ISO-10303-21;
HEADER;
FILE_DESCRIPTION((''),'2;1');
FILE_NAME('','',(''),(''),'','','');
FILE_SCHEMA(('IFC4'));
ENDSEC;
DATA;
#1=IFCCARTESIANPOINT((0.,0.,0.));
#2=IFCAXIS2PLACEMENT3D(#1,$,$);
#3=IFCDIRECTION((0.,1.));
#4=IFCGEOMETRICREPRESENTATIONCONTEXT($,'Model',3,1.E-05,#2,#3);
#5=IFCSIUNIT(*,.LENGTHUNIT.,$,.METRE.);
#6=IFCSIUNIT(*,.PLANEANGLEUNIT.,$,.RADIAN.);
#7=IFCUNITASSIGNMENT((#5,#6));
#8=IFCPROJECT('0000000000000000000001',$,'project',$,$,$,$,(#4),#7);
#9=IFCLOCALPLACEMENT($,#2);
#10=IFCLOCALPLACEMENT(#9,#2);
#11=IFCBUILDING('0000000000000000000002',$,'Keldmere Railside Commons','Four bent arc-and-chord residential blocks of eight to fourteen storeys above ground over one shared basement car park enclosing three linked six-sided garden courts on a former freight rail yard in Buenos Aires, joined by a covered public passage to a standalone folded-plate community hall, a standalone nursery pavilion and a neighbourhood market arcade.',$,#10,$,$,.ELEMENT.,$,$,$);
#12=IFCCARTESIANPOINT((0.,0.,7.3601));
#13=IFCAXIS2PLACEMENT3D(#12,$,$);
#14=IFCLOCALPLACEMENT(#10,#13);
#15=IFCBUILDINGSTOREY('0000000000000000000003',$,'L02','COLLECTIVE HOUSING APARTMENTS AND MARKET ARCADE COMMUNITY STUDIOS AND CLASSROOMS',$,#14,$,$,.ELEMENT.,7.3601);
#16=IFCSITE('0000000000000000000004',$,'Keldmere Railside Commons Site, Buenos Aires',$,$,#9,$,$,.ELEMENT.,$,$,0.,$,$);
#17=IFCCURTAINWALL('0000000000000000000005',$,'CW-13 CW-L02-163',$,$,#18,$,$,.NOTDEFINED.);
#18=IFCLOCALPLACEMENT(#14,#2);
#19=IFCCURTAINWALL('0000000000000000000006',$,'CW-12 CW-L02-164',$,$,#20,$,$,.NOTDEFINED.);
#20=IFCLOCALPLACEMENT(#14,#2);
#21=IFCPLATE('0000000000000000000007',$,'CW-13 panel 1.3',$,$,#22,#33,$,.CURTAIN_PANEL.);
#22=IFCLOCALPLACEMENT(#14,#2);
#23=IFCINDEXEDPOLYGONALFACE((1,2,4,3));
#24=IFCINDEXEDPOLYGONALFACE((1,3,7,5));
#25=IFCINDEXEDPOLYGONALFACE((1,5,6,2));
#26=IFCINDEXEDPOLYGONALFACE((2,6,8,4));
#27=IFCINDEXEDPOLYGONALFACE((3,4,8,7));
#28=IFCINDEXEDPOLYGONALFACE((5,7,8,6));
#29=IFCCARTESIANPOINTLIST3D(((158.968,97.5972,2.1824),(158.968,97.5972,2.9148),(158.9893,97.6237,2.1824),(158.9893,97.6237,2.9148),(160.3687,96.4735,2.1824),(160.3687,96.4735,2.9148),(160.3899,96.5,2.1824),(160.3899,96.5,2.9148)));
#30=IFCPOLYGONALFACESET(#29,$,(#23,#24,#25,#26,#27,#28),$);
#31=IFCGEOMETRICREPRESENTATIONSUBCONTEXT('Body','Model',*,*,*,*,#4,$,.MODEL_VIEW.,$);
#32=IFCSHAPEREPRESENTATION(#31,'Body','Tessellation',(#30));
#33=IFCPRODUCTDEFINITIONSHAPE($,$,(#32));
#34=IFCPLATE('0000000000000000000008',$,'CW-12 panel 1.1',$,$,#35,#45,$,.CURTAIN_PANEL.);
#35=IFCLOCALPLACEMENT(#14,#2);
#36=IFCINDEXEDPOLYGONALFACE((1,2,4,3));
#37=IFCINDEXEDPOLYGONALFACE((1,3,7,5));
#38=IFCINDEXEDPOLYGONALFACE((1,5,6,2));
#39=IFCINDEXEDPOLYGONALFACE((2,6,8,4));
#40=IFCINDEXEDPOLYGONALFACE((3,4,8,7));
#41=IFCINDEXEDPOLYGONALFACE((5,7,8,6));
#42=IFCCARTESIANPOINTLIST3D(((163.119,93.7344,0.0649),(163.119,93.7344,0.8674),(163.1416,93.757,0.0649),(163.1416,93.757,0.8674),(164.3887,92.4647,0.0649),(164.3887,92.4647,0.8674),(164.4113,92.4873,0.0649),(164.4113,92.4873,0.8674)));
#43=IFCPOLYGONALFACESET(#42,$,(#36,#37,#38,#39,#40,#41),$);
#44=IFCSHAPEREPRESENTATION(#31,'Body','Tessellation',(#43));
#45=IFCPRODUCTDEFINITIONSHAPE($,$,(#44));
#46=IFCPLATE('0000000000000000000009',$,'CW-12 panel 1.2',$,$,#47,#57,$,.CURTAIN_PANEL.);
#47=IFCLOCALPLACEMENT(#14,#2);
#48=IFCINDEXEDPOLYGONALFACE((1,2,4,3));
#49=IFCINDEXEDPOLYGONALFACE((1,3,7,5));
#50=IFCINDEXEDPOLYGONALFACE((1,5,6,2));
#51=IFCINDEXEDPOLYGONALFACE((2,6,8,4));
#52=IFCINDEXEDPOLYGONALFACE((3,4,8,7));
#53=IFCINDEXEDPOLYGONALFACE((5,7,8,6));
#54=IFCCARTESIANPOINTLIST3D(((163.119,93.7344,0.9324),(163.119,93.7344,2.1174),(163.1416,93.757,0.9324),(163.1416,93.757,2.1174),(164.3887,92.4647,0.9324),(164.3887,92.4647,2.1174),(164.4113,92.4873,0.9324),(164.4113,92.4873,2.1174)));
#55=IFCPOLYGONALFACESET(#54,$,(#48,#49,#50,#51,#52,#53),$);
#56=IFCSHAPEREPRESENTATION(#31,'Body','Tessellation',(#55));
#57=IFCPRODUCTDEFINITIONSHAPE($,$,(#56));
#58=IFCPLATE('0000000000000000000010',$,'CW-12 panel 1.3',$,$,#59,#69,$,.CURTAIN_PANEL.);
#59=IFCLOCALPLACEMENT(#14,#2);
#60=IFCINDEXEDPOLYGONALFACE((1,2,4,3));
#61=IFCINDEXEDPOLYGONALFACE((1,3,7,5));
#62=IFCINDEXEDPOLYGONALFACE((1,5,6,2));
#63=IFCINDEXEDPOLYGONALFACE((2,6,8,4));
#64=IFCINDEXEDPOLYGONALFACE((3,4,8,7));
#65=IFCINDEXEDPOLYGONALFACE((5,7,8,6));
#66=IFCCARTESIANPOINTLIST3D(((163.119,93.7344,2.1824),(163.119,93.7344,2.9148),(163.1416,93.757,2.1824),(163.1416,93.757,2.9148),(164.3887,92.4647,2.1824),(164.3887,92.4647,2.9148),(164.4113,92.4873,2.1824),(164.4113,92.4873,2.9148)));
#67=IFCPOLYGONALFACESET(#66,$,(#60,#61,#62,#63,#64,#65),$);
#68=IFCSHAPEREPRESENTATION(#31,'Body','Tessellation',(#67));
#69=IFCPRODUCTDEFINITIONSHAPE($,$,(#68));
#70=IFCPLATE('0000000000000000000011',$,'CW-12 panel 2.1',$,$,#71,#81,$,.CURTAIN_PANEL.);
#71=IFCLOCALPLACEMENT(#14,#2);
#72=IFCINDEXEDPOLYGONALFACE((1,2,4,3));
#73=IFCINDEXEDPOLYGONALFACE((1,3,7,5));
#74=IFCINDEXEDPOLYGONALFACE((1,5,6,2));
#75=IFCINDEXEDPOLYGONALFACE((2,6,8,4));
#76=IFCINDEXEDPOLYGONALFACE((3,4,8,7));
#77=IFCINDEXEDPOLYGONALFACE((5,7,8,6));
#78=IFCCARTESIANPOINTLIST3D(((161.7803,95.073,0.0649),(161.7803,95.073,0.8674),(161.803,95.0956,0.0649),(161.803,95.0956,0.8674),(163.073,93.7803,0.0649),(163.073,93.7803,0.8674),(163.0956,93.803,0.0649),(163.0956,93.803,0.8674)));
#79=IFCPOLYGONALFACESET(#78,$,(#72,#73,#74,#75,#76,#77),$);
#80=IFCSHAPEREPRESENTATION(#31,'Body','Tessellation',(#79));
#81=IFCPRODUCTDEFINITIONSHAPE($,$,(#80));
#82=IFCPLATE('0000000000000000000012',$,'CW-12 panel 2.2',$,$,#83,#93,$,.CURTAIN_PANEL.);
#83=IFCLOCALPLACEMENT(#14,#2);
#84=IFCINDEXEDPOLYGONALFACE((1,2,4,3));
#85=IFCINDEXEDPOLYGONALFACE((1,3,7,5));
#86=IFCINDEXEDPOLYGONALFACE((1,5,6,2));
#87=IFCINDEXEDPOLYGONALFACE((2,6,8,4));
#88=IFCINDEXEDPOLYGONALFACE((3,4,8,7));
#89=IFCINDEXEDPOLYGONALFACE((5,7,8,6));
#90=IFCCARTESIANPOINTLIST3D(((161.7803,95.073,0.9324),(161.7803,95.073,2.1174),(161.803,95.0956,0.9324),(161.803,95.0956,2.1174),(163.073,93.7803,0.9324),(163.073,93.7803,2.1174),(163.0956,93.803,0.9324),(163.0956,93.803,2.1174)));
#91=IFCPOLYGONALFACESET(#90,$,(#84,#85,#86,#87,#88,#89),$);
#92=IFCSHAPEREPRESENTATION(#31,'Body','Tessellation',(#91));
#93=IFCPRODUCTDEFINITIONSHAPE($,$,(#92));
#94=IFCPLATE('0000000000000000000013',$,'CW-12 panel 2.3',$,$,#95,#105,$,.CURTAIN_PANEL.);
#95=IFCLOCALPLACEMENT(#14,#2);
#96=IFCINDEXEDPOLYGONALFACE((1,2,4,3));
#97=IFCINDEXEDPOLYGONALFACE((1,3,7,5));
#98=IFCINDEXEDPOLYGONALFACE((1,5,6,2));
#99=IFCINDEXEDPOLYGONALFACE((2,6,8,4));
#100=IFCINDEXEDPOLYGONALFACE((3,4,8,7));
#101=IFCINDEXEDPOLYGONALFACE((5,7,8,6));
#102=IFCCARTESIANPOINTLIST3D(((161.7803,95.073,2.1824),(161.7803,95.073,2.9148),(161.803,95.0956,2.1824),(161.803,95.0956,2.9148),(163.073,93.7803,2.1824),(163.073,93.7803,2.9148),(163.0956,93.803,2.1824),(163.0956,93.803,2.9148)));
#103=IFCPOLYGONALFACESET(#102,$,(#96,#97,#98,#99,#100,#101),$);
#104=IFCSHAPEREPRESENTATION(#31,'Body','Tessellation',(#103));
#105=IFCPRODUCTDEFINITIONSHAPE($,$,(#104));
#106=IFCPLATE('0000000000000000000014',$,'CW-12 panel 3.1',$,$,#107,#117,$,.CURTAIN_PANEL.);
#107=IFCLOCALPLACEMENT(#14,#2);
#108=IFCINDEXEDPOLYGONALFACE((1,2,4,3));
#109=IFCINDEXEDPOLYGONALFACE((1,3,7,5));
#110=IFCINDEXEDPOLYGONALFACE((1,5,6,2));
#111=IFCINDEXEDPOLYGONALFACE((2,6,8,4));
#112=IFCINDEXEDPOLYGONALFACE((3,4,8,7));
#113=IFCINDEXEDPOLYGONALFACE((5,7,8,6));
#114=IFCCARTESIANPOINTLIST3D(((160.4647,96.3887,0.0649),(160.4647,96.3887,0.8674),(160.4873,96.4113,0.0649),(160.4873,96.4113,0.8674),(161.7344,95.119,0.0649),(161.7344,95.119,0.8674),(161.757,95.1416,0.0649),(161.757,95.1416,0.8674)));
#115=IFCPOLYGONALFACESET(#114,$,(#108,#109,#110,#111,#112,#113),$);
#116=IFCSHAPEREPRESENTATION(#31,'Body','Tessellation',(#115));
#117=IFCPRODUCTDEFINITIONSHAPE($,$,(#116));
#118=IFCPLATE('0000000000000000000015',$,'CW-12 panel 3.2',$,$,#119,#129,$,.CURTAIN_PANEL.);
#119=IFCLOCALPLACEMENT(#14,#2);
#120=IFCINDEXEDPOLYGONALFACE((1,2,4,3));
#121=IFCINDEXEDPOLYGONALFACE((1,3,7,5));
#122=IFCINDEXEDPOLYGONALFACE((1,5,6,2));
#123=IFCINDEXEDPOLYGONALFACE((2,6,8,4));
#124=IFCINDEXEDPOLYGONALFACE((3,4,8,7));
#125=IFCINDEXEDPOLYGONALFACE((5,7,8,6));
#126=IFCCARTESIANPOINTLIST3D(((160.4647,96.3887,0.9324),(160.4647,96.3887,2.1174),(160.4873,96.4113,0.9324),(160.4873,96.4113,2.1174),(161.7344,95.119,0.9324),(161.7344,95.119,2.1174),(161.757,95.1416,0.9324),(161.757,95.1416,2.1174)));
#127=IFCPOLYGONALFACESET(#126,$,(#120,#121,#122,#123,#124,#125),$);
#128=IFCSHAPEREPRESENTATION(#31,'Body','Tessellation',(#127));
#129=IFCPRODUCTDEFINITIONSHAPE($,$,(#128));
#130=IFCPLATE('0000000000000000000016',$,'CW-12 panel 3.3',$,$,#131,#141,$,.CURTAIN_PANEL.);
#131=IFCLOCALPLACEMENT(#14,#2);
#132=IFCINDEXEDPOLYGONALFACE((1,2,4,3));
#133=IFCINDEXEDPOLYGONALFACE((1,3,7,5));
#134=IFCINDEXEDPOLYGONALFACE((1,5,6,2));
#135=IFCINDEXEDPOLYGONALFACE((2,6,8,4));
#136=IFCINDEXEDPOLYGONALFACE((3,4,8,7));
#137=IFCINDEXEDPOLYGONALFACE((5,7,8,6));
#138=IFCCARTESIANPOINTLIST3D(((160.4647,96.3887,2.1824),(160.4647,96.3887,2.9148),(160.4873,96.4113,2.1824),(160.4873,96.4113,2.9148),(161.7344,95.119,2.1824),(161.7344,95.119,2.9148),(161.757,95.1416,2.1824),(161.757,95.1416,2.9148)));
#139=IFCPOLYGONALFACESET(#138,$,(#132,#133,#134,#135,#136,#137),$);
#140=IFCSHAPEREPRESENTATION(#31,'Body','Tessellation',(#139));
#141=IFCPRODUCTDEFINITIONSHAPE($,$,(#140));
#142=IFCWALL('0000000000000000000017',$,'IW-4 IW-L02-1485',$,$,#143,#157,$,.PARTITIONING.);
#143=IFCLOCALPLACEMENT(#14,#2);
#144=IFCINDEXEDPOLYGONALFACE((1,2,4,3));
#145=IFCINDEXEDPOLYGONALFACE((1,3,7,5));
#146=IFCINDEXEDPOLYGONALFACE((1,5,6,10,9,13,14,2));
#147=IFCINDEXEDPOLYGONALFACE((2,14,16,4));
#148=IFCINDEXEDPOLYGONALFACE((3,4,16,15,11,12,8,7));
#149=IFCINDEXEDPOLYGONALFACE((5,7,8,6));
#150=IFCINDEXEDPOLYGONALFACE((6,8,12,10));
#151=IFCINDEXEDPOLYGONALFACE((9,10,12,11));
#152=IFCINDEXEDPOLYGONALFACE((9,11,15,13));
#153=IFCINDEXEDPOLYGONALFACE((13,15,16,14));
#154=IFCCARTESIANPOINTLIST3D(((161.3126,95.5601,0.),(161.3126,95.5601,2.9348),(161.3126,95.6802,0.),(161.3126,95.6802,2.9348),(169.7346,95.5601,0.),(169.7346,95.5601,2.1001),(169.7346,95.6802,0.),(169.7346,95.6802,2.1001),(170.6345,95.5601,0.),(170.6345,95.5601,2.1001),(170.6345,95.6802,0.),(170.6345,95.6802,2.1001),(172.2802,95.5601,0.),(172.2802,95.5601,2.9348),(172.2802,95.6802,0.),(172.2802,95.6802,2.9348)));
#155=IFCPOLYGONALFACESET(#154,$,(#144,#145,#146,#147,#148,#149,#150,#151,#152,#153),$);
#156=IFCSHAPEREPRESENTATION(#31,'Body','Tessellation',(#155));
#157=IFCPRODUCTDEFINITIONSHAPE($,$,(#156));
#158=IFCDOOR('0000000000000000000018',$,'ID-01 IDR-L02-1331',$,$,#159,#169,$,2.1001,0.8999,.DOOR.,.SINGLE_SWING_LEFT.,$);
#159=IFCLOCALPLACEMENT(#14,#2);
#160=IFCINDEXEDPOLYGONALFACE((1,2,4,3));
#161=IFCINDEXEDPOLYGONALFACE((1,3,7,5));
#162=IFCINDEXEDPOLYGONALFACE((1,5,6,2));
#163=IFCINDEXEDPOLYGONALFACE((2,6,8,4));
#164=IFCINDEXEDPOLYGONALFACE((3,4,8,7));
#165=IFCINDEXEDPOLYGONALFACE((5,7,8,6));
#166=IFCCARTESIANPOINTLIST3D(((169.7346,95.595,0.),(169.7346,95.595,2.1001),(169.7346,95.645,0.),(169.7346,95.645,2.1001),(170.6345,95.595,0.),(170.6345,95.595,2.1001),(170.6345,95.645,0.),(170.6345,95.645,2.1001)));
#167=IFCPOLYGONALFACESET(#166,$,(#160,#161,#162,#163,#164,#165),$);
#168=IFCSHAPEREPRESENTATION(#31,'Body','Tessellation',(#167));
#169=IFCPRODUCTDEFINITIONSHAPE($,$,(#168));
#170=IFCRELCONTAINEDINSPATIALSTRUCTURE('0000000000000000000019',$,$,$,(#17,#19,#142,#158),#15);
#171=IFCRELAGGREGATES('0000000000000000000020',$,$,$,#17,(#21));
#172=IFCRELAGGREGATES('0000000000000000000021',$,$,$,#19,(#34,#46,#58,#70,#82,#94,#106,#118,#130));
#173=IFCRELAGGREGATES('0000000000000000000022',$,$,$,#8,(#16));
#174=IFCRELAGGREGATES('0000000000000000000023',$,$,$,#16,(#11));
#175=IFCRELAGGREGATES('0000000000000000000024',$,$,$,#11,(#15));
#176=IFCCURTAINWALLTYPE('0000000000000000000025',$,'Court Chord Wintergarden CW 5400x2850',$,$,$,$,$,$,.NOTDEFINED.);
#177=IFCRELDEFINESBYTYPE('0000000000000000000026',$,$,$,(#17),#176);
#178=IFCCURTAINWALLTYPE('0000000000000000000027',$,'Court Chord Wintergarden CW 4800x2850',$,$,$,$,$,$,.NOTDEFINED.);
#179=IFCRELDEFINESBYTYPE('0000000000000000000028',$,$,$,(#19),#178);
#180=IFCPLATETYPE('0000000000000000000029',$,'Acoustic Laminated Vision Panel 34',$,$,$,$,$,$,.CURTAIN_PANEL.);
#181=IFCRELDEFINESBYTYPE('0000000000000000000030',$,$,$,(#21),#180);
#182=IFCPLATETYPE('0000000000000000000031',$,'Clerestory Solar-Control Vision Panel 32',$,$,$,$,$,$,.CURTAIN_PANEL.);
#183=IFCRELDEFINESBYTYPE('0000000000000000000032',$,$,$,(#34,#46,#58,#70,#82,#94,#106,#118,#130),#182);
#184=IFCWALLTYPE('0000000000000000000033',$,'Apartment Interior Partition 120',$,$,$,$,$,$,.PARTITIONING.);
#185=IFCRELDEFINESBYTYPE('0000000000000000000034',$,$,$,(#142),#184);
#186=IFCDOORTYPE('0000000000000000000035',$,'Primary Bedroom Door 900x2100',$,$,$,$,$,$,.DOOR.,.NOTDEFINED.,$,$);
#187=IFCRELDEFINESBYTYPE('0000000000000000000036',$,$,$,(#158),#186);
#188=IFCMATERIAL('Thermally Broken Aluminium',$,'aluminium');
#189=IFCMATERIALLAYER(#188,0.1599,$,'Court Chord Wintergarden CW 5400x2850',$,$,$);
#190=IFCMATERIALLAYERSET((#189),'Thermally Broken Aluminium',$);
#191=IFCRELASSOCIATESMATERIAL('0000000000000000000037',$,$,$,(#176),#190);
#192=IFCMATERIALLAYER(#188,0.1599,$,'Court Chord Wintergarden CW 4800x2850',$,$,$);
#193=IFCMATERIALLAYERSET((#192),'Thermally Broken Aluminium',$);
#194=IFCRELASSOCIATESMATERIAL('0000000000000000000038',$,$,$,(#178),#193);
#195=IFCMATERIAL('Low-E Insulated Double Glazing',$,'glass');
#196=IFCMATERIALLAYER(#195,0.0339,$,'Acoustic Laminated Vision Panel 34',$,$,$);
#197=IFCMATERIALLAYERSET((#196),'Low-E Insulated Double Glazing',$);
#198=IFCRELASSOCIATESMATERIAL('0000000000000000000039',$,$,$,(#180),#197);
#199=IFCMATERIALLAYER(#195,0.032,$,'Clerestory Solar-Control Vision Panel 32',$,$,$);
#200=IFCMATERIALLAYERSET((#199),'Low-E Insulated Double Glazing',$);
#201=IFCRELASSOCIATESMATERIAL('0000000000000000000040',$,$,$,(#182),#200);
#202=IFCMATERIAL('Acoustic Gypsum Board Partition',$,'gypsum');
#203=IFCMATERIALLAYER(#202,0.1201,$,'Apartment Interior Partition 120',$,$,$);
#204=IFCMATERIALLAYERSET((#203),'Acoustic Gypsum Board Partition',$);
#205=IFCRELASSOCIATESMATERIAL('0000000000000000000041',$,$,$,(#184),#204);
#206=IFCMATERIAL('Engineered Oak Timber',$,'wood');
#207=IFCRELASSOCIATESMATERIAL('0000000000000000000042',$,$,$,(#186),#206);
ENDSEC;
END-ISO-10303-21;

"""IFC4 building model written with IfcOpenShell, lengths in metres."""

from ifc_helpers import new_model, si_unit, direction, frame, frame_2d, origin, origin_2d, place, context, subcontext, project, spatial, rectangle, extrude, material, layer, layer_set, type_object, element, fill, aggregate, save


model = new_model("IFC4")

# Units and contexts
model_context = context("Model", 3, precision=1e-05, world=origin(), true_north=direction((0.0, 1.0)))
body_context = subcontext(model_context, "Body", "Model", "MODEL_VIEW")
ifc_project = project(units=[si_unit("LENGTHUNIT", "METRE"), si_unit("PLANEANGLEUNIT", "RADIAN")], contexts=[model_context])

# Site, building, storey
site_placement = place(None, origin())
site = spatial("IfcSite", under=ifc_project, at=site_placement, Name="Keldmere Railside Commons Site, Buenos Aires", CompositionType="ELEMENT", RefElevation=0.0)
building_placement = place(site_placement, origin())
building = spatial("IfcBuilding", under=site, at=building_placement, Name="Keldmere Railside Commons", Description="Four bent arc-and-chord residential blocks of eight to fourteen storeys above ground over one shared basement car park enclosing three linked six-sided garden courts on a former freight rail yard in Buenos Aires, joined by a covered public passage to a standalone folded-plate community hall, a standalone nursery pavilion and a neighbourhood market arcade.", CompositionType="ELEMENT")
storey_placement = place(building_placement, frame((0.0, 0.0, 7.3601)))
storey = spatial("IfcBuildingStorey", under=building, at=storey_placement, Name="L02", Description="COLLECTIVE HOUSING APARTMENTS AND MARKET ARCADE COMMUNITY STUDIOS AND CLASSROOMS", CompositionType="ELEMENT", Elevation=7.3601)

# Curtain wall
ifc_material_1 = material(Name="Thermally Broken Aluminium", Category="aluminium")
ifc_layer_1 = layer(ifc_material_1, 0.1599, Name="Court Chord Wintergarden CW 5400x2850")
ifc_layer_set_1 = layer_set([ifc_layer_1], Name="Thermally Broken Aluminium")
curtain_wall_type_1 = type_object("IfcCurtainWallType", Name="Court Chord Wintergarden CW 5400x2850", PredefinedType="NOTDEFINED", material=ifc_layer_set_1)
curtain_wall_1_placement = place(storey_placement, origin())
curtain_wall_1 = element("IfcCurtainWall", 1, at=curtain_wall_1_placement, inside=storey, type_object=curtain_wall_type_1, Name="CW-13 CW-L02-163", PredefinedType="NOTDEFINED")

# Curtain wall
ifc_layer_2 = layer(ifc_material_1, 0.1599, Name="Court Chord Wintergarden CW 4800x2850")
ifc_layer_set_2 = layer_set([ifc_layer_2], Name="Thermally Broken Aluminium")
curtain_wall_type_2 = type_object("IfcCurtainWallType", Name="Court Chord Wintergarden CW 4800x2850", PredefinedType="NOTDEFINED", material=ifc_layer_set_2)
curtain_wall_2_placement = place(storey_placement, origin())
curtain_wall_2 = element("IfcCurtainWall", 2, at=curtain_wall_2_placement, inside=storey, type_object=curtain_wall_type_2, Name="CW-12 CW-L02-164", PredefinedType="NOTDEFINED")

# Plates
ifc_material_2 = material(Name="Low-E Insulated Double Glazing", Category="glass")
ifc_layer_3 = layer(ifc_material_2, 0.0339, Name="Acoustic Laminated Vision Panel 34")
ifc_layer_set_3 = layer_set([ifc_layer_3], Name="Low-E Insulated Double Glazing")
plate_type_1 = type_object("IfcPlateType", Name="Acoustic Laminated Vision Panel 34", PredefinedType="CURTAIN_PANEL", material=ifc_layer_set_3)
plate_1_placement = place(storey_placement, frame((159.679, 97.0486, 2.1824), z_axis=(0.0, 0.0, 1.0), x_axis=(-0.780009, 0.625768, 0.0)))
plate_1 = element("IfcPlate", 3, at=plate_1_placement, type_object=plate_type_1, Name="CW-13 panel 1.3", PredefinedType="CURTAIN_PANEL", context=body_context, shape_type="SweptSolid", body=[
    extrude(rectangle(XDim=1.7957, YDim=0.0339, at=origin_2d()), origin(), (0.0, 0.0, 1.0), 0.7324),
])
aggregate(curtain_wall_1, [plate_1])
ifc_layer_4 = layer(ifc_material_2, 0.032, Name="Clerestory Solar-Control Vision Panel 32")
ifc_layer_set_4 = layer_set([ifc_layer_4], Name="Low-E Insulated Double Glazing")
plate_type_2 = type_object("IfcPlateType", Name="Clerestory Solar-Control Vision Panel 32", PredefinedType="CURTAIN_PANEL", material=ifc_layer_set_4)
plate_2_placement = place(storey_placement, frame((163.7651, 93.1108, 0.0649), z_axis=(0.0, 0.0, 1.0), x_axis=(-0.707107, 0.707107, 0.0)))
plate_2 = element("IfcPlate", 4, at=plate_2_placement, type_object=plate_type_2, Name="CW-12 panel 1.1", PredefinedType="CURTAIN_PANEL", context=body_context, shape_type="SweptSolid", body=[
    extrude(rectangle(XDim=1.7957, YDim=0.032, at=origin_2d()), origin(), (0.0, 0.0, 1.0), 0.8025),
])
plate_3_placement = place(storey_placement, frame((163.7651, 93.1108, 0.9324), z_axis=(0.0, 0.0, 1.0), x_axis=(-0.707107, 0.707107, 0.0)))
plate_3 = element("IfcPlate", 5, at=plate_3_placement, type_object=plate_type_2, Name="CW-12 panel 1.2", PredefinedType="CURTAIN_PANEL", context=body_context, shape_type="SweptSolid", body=[
    extrude(rectangle(XDim=1.7957, YDim=0.032, at=origin_2d()), origin(), (0.0, 0.0, 1.0), 1.1851),
])
plate_4_placement = place(storey_placement, frame((163.7651, 93.1108, 2.1824), z_axis=(0.0, 0.0, 1.0), x_axis=(-0.707107, 0.707107, 0.0)))
plate_4 = element("IfcPlate", 6, at=plate_4_placement, type_object=plate_type_2, Name="CW-12 panel 1.3", PredefinedType="CURTAIN_PANEL", context=body_context, shape_type="SweptSolid", body=[
    extrude(rectangle(XDim=1.7957, YDim=0.032, at=origin_2d()), origin(), (0.0, 0.0, 1.0), 0.7324),
])
plate_5_placement = place(storey_placement, frame((162.438, 94.438, 0.0649), z_axis=(0.0, 0.0, 1.0), x_axis=(-0.707107, 0.707107, 0.0)))
plate_5 = element("IfcPlate", 7, at=plate_5_placement, type_object=plate_type_2, Name="CW-12 panel 2.1", PredefinedType="CURTAIN_PANEL", context=body_context, shape_type="SweptSolid", body=[
    extrude(rectangle(XDim=1.8281, YDim=0.032, at=origin_2d()), origin(), (0.0, 0.0, 1.0), 0.8025),
])
plate_6_placement = place(storey_placement, frame((162.438, 94.438, 0.9324), z_axis=(0.0, 0.0, 1.0), x_axis=(-0.707107, 0.707107, 0.0)))
plate_6 = element("IfcPlate", 8, at=plate_6_placement, type_object=plate_type_2, Name="CW-12 panel 2.2", PredefinedType="CURTAIN_PANEL", context=body_context, shape_type="SweptSolid", body=[
    extrude(rectangle(XDim=1.8281, YDim=0.032, at=origin_2d()), origin(), (0.0, 0.0, 1.0), 1.1851),
])
plate_7_placement = place(storey_placement, frame((162.438, 94.438, 2.1824), z_axis=(0.0, 0.0, 1.0), x_axis=(-0.707107, 0.707107, 0.0)))
plate_7 = element("IfcPlate", 9, at=plate_7_placement, type_object=plate_type_2, Name="CW-12 panel 2.3", PredefinedType="CURTAIN_PANEL", context=body_context, shape_type="SweptSolid", body=[
    extrude(rectangle(XDim=1.8281, YDim=0.032, at=origin_2d()), origin(), (0.0, 0.0, 1.0), 0.7324),
])
plate_8_placement = place(storey_placement, frame((161.1108, 95.7651, 0.0649), z_axis=(0.0, 0.0, 1.0), x_axis=(-0.707107, 0.707107, 0.0)))
plate_8 = element("IfcPlate", 10, at=plate_8_placement, type_object=plate_type_2, Name="CW-12 panel 3.1", PredefinedType="CURTAIN_PANEL", context=body_context, shape_type="SweptSolid", body=[
    extrude(rectangle(XDim=1.7957, YDim=0.032, at=origin_2d()), origin(), (0.0, 0.0, 1.0), 0.8025),
])
plate_9_placement = place(storey_placement, frame((161.1108, 95.7651, 0.9324), z_axis=(0.0, 0.0, 1.0), x_axis=(-0.707107, 0.707107, 0.0)))
plate_9 = element("IfcPlate", 11, at=plate_9_placement, type_object=plate_type_2, Name="CW-12 panel 3.2", PredefinedType="CURTAIN_PANEL", context=body_context, shape_type="SweptSolid", body=[
    extrude(rectangle(XDim=1.7957, YDim=0.032, at=origin_2d()), origin(), (0.0, 0.0, 1.0), 1.1851),
])
plate_10_placement = place(storey_placement, frame((161.1108, 95.7651, 2.1824), z_axis=(0.0, 0.0, 1.0), x_axis=(-0.707107, 0.707107, 0.0)))
plate_10 = element("IfcPlate", 12, at=plate_10_placement, type_object=plate_type_2, Name="CW-12 panel 3.3", PredefinedType="CURTAIN_PANEL", context=body_context, shape_type="SweptSolid", body=[
    extrude(rectangle(XDim=1.7957, YDim=0.032, at=origin_2d()), origin(), (0.0, 0.0, 1.0), 0.7324),
])
aggregate(curtain_wall_2, [plate_2, plate_3, plate_4, plate_5, plate_6, plate_7, plate_8, plate_9, plate_10])

# Wall, opening, door
ifc_material_3 = material(Name="Acoustic Gypsum Board Partition", Category="gypsum")
ifc_layer_5 = layer(ifc_material_3, 0.1201, Name="Apartment Interior Partition 120")
ifc_layer_set_5 = layer_set([ifc_layer_5], Name="Acoustic Gypsum Board Partition")
wall_type = type_object("IfcWallType", Name="Apartment Interior Partition 120", PredefinedType="PARTITIONING", material=ifc_layer_set_5)
wall_1_placement = place(storey_placement, frame((161.3125, 95.6201, 0.0), z_axis=(0.0, 0.0, 1.0), x_axis=(1.0, 0.0, 0.0)))
wall_1 = element("IfcWall", 13, at=wall_1_placement, inside=storey, type_object=wall_type, Name="IW-4 IW-L02-1485", PredefinedType="PARTITIONING", context=body_context, shape_type="SweptSolid", body=[
    extrude(rectangle(XDim=10.9675, YDim=0.1201, at=frame_2d((5.4839, 0.0))), origin(), (0.0, 0.0, 1.0), 2.9348),
])
opening_1_placement = place(wall_1_placement, frame((8.4221, 0.0, 0.0)))
opening_1 = element("IfcOpeningElement", 14, at=opening_1_placement, cuts=wall_1, PredefinedType="OPENING", context=body_context, shape_type="SweptSolid", body=[
    extrude(rectangle(XDim=0.8999, YDim=2.1001, at=frame_2d((0.45, 1.05))), frame((0.0, 0.0701, 0.0), z_axis=(0.0, -1.0, 0.0), x_axis=(1.0, 0.0, 0.0)), (0.0, 0.0, 1.0), 0.1401),
])
ifc_material_4 = material(Name="Engineered Oak Timber", Category="wood")
door_type_1 = type_object("IfcDoorType", Name="Primary Bedroom Door 900x2100", OperationType="NOTDEFINED", PredefinedType="DOOR", material=ifc_material_4)
door_1_placement = place(opening_1_placement, origin())
door_1 = element("IfcDoor", 15, at=door_1_placement, inside=storey, type_object=door_type_1, Name="ID-01 IDR-L02-1331", OperationType="SINGLE_SWING_LEFT", OverallHeight=2.1001, OverallWidth=0.8999, PredefinedType="DOOR", context=body_context, shape_type="SweptSolid", body=[
    extrude(rectangle(XDim=0.8999, YDim=2.1001, at=frame_2d((0.45, 1.05))), frame((0.0, 0.0249, 0.0), z_axis=(0.0, -1.0, 0.0), x_axis=(1.0, 0.0, 0.0)), (0.0, 0.0, 1.0), 0.05),
])
fill(opening_1, door_1)

save(model, "model.ifc")
